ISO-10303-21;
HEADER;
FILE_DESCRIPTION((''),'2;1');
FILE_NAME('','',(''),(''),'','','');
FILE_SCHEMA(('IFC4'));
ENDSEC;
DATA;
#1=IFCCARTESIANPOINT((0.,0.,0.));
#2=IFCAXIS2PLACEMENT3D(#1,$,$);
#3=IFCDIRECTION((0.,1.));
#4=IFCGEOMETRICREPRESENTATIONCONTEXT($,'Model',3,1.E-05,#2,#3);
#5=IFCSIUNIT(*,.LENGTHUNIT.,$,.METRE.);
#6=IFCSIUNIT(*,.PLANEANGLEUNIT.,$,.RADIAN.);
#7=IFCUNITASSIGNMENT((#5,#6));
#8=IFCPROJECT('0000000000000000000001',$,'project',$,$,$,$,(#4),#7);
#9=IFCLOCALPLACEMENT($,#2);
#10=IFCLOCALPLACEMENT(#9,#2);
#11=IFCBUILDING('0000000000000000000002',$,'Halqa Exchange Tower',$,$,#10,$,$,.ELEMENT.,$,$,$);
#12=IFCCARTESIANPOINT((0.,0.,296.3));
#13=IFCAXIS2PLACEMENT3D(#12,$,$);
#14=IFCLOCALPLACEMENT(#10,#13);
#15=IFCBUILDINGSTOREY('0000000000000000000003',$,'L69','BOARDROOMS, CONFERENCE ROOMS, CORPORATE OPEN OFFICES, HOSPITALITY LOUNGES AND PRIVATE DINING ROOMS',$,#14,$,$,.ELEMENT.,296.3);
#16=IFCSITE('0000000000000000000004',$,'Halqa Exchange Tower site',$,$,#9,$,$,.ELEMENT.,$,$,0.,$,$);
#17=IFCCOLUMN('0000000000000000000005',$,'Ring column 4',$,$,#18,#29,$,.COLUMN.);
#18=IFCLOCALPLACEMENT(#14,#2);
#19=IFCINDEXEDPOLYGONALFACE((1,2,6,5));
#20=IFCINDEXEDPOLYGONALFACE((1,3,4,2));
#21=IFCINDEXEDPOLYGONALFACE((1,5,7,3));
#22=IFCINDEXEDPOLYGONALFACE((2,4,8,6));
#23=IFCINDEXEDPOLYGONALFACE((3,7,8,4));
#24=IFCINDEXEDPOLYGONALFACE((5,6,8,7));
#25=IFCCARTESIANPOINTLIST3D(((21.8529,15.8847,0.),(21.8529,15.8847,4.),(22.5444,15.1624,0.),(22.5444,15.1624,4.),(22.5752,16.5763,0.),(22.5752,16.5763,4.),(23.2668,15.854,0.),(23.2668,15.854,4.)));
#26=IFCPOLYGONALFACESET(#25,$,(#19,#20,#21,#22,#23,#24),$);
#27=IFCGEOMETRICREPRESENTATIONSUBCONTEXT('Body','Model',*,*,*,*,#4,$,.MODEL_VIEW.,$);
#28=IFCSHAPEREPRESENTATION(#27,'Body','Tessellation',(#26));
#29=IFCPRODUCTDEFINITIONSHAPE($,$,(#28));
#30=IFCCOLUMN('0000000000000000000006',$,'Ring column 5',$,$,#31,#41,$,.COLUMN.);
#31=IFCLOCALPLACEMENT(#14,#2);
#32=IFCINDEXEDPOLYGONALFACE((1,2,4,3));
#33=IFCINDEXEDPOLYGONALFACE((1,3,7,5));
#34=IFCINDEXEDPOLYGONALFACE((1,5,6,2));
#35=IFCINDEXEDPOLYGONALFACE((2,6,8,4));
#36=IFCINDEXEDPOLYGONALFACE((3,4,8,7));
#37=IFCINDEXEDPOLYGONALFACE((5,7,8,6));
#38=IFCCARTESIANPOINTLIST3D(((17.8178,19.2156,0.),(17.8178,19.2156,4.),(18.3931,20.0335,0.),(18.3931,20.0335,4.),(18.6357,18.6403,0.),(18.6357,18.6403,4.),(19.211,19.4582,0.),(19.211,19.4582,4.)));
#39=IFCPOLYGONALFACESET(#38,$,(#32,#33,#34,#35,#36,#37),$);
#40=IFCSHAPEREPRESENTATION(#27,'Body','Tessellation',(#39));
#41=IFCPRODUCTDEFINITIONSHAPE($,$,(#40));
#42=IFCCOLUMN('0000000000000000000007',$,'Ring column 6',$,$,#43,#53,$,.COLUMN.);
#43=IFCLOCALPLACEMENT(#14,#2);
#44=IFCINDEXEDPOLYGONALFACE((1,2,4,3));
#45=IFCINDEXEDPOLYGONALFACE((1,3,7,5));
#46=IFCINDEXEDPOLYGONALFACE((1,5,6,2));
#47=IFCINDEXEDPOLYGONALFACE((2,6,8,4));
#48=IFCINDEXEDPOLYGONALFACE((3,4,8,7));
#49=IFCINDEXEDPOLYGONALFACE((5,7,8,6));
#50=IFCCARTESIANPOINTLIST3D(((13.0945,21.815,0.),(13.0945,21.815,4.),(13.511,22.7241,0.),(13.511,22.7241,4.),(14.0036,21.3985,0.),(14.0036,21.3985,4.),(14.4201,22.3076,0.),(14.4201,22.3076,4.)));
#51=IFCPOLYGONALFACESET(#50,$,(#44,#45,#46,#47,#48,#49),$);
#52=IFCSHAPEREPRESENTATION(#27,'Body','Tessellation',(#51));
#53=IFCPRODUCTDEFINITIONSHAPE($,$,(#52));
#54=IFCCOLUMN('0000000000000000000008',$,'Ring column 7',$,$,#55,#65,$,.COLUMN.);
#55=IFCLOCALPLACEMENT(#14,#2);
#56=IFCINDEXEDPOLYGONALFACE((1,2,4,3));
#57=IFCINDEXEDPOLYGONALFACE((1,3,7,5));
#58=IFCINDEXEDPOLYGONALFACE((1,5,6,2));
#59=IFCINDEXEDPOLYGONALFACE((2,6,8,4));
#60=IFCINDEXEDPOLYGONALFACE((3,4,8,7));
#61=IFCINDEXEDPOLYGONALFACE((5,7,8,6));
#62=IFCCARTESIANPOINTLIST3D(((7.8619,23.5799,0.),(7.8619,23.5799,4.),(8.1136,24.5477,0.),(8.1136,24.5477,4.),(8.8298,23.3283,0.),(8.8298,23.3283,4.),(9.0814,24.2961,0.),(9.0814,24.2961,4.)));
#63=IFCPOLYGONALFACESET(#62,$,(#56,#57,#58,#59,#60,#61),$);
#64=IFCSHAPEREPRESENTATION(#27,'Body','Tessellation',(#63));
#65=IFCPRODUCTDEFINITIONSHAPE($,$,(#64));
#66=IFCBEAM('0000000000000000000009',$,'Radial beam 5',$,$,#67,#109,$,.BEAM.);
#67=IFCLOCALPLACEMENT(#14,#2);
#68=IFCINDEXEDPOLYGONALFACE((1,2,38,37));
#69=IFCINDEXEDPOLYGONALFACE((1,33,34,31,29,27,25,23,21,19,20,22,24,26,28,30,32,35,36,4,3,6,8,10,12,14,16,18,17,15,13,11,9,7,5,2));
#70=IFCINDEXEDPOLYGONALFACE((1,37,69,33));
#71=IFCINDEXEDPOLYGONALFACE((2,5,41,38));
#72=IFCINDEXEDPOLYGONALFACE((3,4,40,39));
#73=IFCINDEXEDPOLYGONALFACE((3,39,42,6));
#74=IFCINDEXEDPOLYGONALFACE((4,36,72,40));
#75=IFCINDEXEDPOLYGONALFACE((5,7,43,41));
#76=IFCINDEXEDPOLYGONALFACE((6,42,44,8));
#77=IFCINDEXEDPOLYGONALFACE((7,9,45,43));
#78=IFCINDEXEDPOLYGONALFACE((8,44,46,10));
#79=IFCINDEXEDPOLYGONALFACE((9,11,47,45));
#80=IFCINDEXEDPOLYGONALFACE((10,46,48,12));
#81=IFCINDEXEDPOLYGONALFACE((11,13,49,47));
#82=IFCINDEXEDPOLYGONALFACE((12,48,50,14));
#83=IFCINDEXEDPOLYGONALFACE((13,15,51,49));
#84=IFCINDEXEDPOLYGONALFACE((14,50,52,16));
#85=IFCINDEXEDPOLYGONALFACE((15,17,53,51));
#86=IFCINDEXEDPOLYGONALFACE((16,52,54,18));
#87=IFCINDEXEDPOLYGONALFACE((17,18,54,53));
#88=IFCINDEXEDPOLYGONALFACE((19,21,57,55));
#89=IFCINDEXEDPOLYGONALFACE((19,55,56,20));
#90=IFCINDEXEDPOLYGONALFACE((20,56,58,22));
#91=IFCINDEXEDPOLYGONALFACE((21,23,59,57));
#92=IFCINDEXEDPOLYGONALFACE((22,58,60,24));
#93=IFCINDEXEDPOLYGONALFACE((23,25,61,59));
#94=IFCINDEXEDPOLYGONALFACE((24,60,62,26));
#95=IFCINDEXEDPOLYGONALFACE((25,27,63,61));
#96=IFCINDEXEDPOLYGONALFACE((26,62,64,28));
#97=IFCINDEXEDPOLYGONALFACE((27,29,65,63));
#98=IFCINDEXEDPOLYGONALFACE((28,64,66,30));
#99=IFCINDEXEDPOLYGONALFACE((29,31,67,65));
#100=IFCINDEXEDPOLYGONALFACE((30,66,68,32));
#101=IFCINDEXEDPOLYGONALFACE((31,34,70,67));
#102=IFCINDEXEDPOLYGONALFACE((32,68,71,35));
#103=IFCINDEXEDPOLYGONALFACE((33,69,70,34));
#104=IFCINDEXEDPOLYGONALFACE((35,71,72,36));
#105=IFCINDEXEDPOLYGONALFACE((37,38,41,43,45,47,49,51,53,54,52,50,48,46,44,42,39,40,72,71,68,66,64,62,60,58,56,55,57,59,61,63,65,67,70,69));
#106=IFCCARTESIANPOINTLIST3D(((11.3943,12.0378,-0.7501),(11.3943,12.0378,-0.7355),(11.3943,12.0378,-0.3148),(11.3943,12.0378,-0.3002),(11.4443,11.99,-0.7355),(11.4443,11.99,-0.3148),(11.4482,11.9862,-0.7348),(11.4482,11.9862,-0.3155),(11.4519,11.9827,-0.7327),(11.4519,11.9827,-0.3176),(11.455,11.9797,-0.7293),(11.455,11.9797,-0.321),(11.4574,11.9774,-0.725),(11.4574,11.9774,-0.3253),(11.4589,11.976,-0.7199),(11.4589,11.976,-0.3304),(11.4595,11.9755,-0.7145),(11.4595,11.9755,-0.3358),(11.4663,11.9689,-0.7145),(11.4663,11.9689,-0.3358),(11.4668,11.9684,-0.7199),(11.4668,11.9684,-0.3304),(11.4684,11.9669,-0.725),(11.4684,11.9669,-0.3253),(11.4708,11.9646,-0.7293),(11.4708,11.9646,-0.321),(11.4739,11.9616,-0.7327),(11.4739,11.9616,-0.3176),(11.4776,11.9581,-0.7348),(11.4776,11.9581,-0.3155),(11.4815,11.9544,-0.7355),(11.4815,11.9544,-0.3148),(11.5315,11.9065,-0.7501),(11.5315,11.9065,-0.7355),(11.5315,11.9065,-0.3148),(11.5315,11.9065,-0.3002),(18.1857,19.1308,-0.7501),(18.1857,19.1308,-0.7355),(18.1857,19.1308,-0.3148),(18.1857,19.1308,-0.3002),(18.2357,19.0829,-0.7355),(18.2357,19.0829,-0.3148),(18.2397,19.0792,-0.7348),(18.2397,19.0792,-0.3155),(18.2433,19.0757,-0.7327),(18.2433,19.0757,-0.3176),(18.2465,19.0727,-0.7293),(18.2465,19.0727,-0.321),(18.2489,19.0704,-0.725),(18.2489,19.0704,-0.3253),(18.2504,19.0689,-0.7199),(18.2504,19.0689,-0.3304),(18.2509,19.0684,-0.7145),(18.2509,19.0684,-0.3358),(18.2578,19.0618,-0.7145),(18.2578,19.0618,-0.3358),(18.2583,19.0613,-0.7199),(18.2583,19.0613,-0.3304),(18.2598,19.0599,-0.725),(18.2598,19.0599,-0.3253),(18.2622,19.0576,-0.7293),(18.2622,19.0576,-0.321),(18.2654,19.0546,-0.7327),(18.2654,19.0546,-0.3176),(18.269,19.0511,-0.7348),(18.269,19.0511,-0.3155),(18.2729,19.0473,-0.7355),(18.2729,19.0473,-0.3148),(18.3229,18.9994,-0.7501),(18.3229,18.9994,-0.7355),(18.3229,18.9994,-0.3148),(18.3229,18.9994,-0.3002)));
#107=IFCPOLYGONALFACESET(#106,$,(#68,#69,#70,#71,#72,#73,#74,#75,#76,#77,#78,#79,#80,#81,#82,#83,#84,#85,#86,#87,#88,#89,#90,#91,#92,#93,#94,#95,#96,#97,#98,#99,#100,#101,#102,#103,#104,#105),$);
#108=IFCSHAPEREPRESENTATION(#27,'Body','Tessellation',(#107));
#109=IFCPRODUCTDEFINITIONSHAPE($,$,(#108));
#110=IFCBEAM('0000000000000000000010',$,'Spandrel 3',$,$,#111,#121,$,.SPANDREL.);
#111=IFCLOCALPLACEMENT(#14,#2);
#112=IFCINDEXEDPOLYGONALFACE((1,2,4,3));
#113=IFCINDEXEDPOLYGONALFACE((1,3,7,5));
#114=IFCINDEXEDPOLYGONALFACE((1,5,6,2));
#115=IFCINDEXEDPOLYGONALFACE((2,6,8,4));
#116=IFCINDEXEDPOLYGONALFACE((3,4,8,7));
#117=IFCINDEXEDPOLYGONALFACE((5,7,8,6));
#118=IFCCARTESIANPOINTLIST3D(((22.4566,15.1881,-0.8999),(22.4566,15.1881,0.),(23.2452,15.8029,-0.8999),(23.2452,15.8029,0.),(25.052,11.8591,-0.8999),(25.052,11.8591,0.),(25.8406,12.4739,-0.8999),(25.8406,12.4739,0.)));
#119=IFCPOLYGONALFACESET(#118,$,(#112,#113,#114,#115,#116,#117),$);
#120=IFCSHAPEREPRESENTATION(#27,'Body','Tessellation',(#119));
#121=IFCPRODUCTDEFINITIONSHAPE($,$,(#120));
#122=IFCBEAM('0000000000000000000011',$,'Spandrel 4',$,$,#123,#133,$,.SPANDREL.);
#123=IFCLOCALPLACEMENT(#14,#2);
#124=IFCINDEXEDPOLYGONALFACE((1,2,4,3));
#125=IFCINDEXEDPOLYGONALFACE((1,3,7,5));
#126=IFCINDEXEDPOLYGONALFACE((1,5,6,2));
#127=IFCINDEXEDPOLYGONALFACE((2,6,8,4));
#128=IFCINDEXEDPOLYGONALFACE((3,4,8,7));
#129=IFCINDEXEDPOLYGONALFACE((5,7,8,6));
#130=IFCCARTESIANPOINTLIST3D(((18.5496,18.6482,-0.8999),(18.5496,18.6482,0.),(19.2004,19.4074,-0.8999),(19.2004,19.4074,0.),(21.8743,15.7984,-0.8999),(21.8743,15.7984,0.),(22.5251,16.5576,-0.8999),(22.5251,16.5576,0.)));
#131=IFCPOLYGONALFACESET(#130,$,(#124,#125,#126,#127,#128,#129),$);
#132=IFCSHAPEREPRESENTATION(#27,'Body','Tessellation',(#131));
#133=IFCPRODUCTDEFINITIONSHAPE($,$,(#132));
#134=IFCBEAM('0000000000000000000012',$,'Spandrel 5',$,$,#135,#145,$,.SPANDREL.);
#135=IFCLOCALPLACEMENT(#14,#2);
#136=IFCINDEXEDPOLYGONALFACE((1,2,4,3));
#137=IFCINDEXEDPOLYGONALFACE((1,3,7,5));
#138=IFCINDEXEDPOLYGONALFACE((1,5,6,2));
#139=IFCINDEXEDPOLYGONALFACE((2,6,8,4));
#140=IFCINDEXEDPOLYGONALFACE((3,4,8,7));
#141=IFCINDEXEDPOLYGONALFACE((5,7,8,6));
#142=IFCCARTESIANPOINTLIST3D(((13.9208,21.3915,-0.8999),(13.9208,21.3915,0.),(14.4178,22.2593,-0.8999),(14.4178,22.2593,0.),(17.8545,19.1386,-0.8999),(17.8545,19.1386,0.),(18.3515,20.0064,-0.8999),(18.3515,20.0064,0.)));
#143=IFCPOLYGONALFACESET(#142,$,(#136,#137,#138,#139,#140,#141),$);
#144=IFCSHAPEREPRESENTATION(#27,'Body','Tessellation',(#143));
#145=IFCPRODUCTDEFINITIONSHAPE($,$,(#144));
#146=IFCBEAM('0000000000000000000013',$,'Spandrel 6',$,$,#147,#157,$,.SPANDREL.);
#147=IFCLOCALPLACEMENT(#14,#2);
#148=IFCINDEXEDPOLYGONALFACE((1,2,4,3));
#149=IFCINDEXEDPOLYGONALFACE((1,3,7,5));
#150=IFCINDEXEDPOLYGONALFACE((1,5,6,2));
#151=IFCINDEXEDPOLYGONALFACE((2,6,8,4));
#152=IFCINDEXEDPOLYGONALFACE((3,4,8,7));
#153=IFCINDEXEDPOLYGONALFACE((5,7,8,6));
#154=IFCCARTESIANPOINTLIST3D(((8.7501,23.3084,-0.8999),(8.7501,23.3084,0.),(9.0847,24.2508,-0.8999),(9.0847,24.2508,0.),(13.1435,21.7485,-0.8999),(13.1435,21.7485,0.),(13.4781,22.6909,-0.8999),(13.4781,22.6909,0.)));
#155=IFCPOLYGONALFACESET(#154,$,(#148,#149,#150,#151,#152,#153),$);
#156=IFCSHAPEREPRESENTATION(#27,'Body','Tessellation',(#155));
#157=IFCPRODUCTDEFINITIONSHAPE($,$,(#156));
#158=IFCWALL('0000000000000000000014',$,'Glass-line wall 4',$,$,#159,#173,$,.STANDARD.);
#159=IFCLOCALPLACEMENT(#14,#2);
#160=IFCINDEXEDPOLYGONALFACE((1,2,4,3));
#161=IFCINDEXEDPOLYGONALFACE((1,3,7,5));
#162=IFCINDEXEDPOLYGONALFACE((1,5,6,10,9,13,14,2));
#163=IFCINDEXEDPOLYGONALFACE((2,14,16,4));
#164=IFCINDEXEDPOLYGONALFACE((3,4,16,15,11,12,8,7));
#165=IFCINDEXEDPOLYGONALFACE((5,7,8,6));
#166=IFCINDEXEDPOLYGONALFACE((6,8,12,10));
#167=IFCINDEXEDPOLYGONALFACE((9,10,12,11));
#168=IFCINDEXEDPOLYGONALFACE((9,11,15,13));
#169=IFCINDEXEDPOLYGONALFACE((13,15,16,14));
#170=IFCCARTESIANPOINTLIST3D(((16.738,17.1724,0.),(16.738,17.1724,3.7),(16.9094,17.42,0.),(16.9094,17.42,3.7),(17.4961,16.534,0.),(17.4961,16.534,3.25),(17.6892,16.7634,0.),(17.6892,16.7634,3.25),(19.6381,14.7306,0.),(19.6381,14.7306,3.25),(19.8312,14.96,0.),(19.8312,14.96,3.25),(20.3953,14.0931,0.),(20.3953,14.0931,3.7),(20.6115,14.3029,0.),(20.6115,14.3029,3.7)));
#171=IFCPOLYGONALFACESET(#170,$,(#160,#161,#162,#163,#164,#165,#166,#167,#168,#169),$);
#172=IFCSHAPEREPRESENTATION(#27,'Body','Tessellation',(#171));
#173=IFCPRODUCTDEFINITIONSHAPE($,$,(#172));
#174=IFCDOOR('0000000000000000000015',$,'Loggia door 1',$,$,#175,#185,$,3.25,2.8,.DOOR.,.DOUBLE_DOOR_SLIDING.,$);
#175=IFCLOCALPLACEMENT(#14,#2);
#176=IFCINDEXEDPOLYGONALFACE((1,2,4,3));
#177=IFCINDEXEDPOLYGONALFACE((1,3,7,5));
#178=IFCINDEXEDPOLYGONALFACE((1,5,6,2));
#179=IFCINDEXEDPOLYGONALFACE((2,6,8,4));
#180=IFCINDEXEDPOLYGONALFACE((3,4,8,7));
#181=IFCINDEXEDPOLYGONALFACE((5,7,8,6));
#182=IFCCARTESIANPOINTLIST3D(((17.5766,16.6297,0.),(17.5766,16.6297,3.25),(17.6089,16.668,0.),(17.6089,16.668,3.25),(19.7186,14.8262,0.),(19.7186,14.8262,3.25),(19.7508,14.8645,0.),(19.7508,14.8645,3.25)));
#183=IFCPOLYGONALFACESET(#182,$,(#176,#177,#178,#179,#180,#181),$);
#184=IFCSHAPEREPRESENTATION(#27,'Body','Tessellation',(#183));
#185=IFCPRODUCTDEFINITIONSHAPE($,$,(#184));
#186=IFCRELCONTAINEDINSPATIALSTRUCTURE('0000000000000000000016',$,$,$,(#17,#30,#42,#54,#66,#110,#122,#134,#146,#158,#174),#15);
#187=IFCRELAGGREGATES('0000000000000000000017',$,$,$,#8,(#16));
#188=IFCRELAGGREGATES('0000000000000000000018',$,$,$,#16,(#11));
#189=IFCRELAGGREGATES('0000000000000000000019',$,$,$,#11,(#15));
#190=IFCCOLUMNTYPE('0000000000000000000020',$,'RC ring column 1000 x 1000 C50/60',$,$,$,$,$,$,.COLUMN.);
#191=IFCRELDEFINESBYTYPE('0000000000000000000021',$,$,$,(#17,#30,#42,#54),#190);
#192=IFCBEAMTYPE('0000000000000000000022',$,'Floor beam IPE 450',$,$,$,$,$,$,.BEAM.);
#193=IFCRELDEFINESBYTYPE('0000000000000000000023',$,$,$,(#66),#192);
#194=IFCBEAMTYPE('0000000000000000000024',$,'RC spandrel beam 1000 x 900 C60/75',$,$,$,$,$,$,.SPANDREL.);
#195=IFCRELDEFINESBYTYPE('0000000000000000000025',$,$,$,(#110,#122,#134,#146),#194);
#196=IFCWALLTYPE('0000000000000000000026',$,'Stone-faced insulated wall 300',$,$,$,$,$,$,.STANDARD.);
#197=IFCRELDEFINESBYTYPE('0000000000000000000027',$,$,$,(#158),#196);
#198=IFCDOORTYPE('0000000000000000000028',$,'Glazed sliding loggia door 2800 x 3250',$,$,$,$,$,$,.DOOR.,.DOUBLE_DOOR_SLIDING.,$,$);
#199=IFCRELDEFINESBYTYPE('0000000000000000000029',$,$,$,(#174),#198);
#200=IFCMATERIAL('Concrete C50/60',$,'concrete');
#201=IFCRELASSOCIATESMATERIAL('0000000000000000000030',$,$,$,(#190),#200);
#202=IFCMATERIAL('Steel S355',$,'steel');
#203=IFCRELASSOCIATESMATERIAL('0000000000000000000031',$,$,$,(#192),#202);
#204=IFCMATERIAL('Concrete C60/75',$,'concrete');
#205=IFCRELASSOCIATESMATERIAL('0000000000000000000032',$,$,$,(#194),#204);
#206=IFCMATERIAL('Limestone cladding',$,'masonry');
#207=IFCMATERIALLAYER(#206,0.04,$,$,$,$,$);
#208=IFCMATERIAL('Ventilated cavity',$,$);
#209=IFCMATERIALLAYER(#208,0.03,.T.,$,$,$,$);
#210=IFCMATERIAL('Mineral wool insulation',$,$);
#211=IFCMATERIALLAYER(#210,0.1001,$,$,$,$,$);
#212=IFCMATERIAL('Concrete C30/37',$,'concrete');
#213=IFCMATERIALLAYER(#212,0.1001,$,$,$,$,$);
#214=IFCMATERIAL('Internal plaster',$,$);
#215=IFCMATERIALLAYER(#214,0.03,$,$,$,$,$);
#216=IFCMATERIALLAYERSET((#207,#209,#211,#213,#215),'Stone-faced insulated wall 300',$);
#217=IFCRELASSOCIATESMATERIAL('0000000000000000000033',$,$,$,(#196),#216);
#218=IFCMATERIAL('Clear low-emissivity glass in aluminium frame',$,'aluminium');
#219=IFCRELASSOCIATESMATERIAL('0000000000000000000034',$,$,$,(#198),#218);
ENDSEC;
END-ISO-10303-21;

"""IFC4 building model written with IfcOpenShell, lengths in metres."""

from ifc_helpers import new_model, si_unit, direction, frame, frame_2d, origin, origin_2d, place, context, subcontext, project, spatial, polyline, rectangle, i_section, outline, extrude, material, layer, layer_set, material_profile, profile_set, type_object, element, fill, save


model = new_model("IFC4")

# Units and contexts
model_context = context("Model", 3, precision=1e-05, world=origin(), true_north=direction((0.0, 1.0)))
body_context = subcontext(model_context, "Body", "Model", "MODEL_VIEW")
ifc_project = project(units=[si_unit("LENGTHUNIT", "METRE"), si_unit("PLANEANGLEUNIT", "RADIAN")], contexts=[model_context])

# Site, building, storey
site_placement = place(None, origin())
site = spatial("IfcSite", under=ifc_project, at=site_placement, Name="Halqa Exchange Tower site", CompositionType="ELEMENT", RefElevation=0.0)
building_placement = place(site_placement, origin())
building = spatial("IfcBuilding", under=site, at=building_placement, Name="Halqa Exchange Tower", CompositionType="ELEMENT")
storey_placement = place(building_placement, frame((0.0, 0.0, 296.3)))
storey = spatial("IfcBuildingStorey", under=building, at=storey_placement, Name="L69", Description="BOARDROOMS, CONFERENCE ROOMS, CORPORATE OPEN OFFICES, HOSPITALITY LOUNGES AND PRIVATE DINING ROOMS", CompositionType="ELEMENT", Elevation=296.3)

# Columns
ifc_material_1 = material(Name="Concrete C50/60", Category="concrete")
ifc_material_profile_1 = material_profile(ifc_material_1, rectangle(XDim=1.0, YDim=1.0, at=origin_2d()), Name="1000 x 1000")
ifc_profile_set_1 = profile_set([ifc_material_profile_1], Name="Concrete C50/60")
column_type = type_object("IfcColumnType", Name="RC ring column 1000 x 1000 C50/60", PredefinedType="COLUMN", material=ifc_profile_set_1)
for number, where, z_axis, x_axis, name in (
    (1, (22.5598, 15.8694, 0.0), (0.0, 0.0, 1.0), (-0.691575, 0.722305, 0.0), "Ring column 4"),
    (2, (18.5144, 19.3369, 0.0), (0.0, 0.0, 1.0), (-0.817906, 0.575352, 0.0), "Ring column 5"),
    (3, (13.7573, 22.0613, 0.0), (0.0, 0.0, 1.0), (-0.909129, 0.416516, 0.0), "Ring column 6"),
    (4, (8.4717, 23.938, 0.0), (0.0, 0.0, 1.0), (-0.967821, 0.251639, 0.0), "Ring column 7"),
):
    element("IfcColumn", number, at=place(storey_placement, frame(where, z_axis=z_axis, x_axis=x_axis)), inside=storey, type_object=column_type, Name=name, PredefinedType="COLUMN", context=body_context, shape_type="SweptSolid", body=[
        extrude(rectangle(XDim=1.0, YDim=1.0, at=origin_2d()), origin(), (0.0, 0.0, 1.0), 4.0),
    ])

# Beams
ifc_material_2 = material(Name="Steel S355", Category="steel")
ifc_material_profile_2 = material_profile(ifc_material_2, i_section(OverallWidth=0.1899, OverallDepth=0.45, WebThickness=0.0095, FlangeThickness=0.0146, FilletRadius=0.021, at=origin_2d()), Name="IPE 450")
ifc_profile_set_2 = profile_set([ifc_material_profile_2], Name="Steel S355")
beam_type_1 = type_object("IfcBeamType", Name="Floor beam IPE 450", PredefinedType="BEAM", material=ifc_profile_set_2)
beam_1_placement = place(storey_placement, frame((11.4629, 11.9722, -0.5251), z_axis=(0.691588, 0.722292, 0.0), x_axis=(-0.722292, 0.691588, 0.0)))
element("IfcBeam", 5, at=beam_1_placement, inside=storey, type_object=beam_type_1, Name="Radial beam 5", PredefinedType="BEAM", context=body_context, shape_type="SweptSolid", body=[
    extrude(i_section(OverallWidth=0.1899, OverallDepth=0.45, WebThickness=0.0095, FlangeThickness=0.0146, FilletRadius=0.021, at=origin_2d()), origin(), (0.0, 0.0, 1.0), 9.8201),
])
ifc_material_3 = material(Name="Concrete C60/75", Category="concrete")
ifc_material_profile_3 = material_profile(ifc_material_3, rectangle(XDim=1.0, YDim=0.8999, at=origin_2d()), Name="1000 x 900")
ifc_profile_set_3 = profile_set([ifc_material_profile_3], Name="Concrete C60/75")
beam_type_2 = type_object("IfcBeamType", Name="RC spandrel beam 1000 x 900 C60/75", PredefinedType="SPANDREL", material=ifc_profile_set_3)
beam_2_placement = place(storey_placement, frame((25.4463, 12.1665, -0.45), z_axis=(-0.614849, 0.788645, 0.0), x_axis=(-0.788645, -0.614849, 0.0)))
element("IfcBeam", 6, at=beam_2_placement, inside=storey, type_object=beam_type_2, Name="Spandrel 3", PredefinedType="SPANDREL", context=body_context, shape_type="SweptSolid", body=[
    extrude(rectangle(XDim=1.0, YDim=0.8999, at=origin_2d()), origin(), (0.0, 0.0, 1.0), 4.2212),
])
beam_3_placement = place(storey_placement, frame((22.1997, 16.178, -0.45), z_axis=(-0.759245, 0.650805, 0.0), x_axis=(-0.650805, -0.759245, 0.0)))
element("IfcBeam", 7, at=beam_3_placement, inside=storey, type_object=beam_type_2, Name="Spandrel 4", PredefinedType="SPANDREL", context=body_context, shape_type="SweptSolid", body=[
    extrude(rectangle(XDim=1.0, YDim=0.8999, at=origin_2d()), origin(), (0.0, 0.0, 1.0), 4.3789),
])
beam_4_placement = place(storey_placement, frame((18.103, 19.5725, -0.45), z_axis=(-0.867766, 0.496974, 0.0), x_axis=(-0.496974, -0.867766, 0.0)))
element("IfcBeam", 8, at=beam_4_placement, inside=storey, type_object=beam_type_2, Name="Spandrel 5", PredefinedType="SPANDREL", context=body_context, shape_type="SweptSolid", body=[
    extrude(rectangle(XDim=1.0, YDim=0.8999, at=origin_2d()), origin(), (0.0, 0.0, 1.0), 4.5332),
])
beam_5_placement = place(storey_placement, frame((13.3108, 22.2197, -0.45), z_axis=(-0.942367, 0.334581, 0.0), x_axis=(-0.334581, -0.942367, 0.0)))
element("IfcBeam", 9, at=beam_5_placement, inside=storey, type_object=beam_type_2, Name="Spandrel 6", PredefinedType="SPANDREL", context=body_context, shape_type="SweptSolid", body=[
    extrude(rectangle(XDim=1.0, YDim=0.8999, at=origin_2d()), origin(), (0.0, 0.0, 1.0), 4.6621),
])

# Wall, opening, door
ifc_material_4 = material(Name="Limestone cladding", Category="masonry")
ifc_layer_1 = layer(ifc_material_4, 0.04)
ifc_material_5 = material(Name="Ventilated cavity")
ifc_layer_2 = layer(ifc_material_5, 0.03, ventilated=True)
ifc_material_6 = material(Name="Mineral wool insulation")
ifc_layer_3 = layer(ifc_material_6, 0.1001)
ifc_material_7 = material(Name="Concrete C30/37", Category="concrete")
ifc_layer_4 = layer(ifc_material_7, 0.1001)
ifc_material_8 = material(Name="Internal plaster")
ifc_layer_5 = layer(ifc_material_8, 0.03)
ifc_layer_set = layer_set([ifc_layer_1, ifc_layer_2, ifc_layer_3, ifc_layer_4, ifc_layer_5], Name="Stone-faced insulated wall 300")
wall_type = type_object("IfcWallType", Name="Stone-faced insulated wall 300", PredefinedType="STANDARD", material=ifc_layer_set)
wall_1_placement = place(storey_placement, frame((20.5034, 14.198, 0.0), z_axis=(0.0, 0.0, 1.0), x_axis=(-0.764966, 0.64407, 0.0)))
wall_1 = element("IfcWall", 10, at=wall_1_placement, inside=storey, type_object=wall_type, Name="Glass-line wall 4", PredefinedType="STANDARD", context=body_context, shape_type="SweptSolid", body=[
    extrude(outline(polyline([(-0.0151, -0.1499), (4.8245, -0.1499), (4.7961, 0.1499), (0.0151, 0.1499), (-0.0151, -0.1499)])), origin(), (0.0, 0.0, 1.0), 3.7),
])
opening_1_placement = place(wall_1_placement, frame((1.0051, 0.0, 0.0)))
opening_1 = element("IfcOpeningElement", 11, at=opening_1_placement, cuts=wall_1, PredefinedType="OPENING", context=body_context, shape_type="SweptSolid", body=[
    extrude(rectangle(XDim=2.8, YDim=3.25, at=frame_2d((1.3999, 1.625))), frame((0.0, 0.1621, 0.0), z_axis=(0.0, -1.0, 0.0), x_axis=(1.0, 0.0, 0.0)), (0.0, 0.0, 1.0), 0.324),
])
ifc_material_9 = material(Name="Clear low-emissivity glass in aluminium frame", Category="aluminium")
door_type = type_object("IfcDoorType", Name="Glazed sliding loggia door 2800 x 3250", OperationType="DOUBLE_DOOR_SLIDING", PredefinedType="DOOR", material=ifc_material_9)
door_placement = place(opening_1_placement, origin())
door = element("IfcDoor", 12, at=door_placement, inside=storey, type_object=door_type, Name="Loggia door 1", OperationType="DOUBLE_DOOR_SLIDING", OverallHeight=3.25, OverallWidth=2.8, PredefinedType="DOOR", context=body_context, shape_type="SweptSolid", body=[
    extrude(rectangle(XDim=2.8, YDim=3.25, at=frame_2d((1.3999, 1.625))), frame((0.0, 0.0249, 0.0), z_axis=(0.0, -1.0, 0.0), x_axis=(1.0, 0.0, 0.0)), (0.0, 0.0, 1.0), 0.05),
])
fill(opening_1, door)

save(model, "model.ifc")
